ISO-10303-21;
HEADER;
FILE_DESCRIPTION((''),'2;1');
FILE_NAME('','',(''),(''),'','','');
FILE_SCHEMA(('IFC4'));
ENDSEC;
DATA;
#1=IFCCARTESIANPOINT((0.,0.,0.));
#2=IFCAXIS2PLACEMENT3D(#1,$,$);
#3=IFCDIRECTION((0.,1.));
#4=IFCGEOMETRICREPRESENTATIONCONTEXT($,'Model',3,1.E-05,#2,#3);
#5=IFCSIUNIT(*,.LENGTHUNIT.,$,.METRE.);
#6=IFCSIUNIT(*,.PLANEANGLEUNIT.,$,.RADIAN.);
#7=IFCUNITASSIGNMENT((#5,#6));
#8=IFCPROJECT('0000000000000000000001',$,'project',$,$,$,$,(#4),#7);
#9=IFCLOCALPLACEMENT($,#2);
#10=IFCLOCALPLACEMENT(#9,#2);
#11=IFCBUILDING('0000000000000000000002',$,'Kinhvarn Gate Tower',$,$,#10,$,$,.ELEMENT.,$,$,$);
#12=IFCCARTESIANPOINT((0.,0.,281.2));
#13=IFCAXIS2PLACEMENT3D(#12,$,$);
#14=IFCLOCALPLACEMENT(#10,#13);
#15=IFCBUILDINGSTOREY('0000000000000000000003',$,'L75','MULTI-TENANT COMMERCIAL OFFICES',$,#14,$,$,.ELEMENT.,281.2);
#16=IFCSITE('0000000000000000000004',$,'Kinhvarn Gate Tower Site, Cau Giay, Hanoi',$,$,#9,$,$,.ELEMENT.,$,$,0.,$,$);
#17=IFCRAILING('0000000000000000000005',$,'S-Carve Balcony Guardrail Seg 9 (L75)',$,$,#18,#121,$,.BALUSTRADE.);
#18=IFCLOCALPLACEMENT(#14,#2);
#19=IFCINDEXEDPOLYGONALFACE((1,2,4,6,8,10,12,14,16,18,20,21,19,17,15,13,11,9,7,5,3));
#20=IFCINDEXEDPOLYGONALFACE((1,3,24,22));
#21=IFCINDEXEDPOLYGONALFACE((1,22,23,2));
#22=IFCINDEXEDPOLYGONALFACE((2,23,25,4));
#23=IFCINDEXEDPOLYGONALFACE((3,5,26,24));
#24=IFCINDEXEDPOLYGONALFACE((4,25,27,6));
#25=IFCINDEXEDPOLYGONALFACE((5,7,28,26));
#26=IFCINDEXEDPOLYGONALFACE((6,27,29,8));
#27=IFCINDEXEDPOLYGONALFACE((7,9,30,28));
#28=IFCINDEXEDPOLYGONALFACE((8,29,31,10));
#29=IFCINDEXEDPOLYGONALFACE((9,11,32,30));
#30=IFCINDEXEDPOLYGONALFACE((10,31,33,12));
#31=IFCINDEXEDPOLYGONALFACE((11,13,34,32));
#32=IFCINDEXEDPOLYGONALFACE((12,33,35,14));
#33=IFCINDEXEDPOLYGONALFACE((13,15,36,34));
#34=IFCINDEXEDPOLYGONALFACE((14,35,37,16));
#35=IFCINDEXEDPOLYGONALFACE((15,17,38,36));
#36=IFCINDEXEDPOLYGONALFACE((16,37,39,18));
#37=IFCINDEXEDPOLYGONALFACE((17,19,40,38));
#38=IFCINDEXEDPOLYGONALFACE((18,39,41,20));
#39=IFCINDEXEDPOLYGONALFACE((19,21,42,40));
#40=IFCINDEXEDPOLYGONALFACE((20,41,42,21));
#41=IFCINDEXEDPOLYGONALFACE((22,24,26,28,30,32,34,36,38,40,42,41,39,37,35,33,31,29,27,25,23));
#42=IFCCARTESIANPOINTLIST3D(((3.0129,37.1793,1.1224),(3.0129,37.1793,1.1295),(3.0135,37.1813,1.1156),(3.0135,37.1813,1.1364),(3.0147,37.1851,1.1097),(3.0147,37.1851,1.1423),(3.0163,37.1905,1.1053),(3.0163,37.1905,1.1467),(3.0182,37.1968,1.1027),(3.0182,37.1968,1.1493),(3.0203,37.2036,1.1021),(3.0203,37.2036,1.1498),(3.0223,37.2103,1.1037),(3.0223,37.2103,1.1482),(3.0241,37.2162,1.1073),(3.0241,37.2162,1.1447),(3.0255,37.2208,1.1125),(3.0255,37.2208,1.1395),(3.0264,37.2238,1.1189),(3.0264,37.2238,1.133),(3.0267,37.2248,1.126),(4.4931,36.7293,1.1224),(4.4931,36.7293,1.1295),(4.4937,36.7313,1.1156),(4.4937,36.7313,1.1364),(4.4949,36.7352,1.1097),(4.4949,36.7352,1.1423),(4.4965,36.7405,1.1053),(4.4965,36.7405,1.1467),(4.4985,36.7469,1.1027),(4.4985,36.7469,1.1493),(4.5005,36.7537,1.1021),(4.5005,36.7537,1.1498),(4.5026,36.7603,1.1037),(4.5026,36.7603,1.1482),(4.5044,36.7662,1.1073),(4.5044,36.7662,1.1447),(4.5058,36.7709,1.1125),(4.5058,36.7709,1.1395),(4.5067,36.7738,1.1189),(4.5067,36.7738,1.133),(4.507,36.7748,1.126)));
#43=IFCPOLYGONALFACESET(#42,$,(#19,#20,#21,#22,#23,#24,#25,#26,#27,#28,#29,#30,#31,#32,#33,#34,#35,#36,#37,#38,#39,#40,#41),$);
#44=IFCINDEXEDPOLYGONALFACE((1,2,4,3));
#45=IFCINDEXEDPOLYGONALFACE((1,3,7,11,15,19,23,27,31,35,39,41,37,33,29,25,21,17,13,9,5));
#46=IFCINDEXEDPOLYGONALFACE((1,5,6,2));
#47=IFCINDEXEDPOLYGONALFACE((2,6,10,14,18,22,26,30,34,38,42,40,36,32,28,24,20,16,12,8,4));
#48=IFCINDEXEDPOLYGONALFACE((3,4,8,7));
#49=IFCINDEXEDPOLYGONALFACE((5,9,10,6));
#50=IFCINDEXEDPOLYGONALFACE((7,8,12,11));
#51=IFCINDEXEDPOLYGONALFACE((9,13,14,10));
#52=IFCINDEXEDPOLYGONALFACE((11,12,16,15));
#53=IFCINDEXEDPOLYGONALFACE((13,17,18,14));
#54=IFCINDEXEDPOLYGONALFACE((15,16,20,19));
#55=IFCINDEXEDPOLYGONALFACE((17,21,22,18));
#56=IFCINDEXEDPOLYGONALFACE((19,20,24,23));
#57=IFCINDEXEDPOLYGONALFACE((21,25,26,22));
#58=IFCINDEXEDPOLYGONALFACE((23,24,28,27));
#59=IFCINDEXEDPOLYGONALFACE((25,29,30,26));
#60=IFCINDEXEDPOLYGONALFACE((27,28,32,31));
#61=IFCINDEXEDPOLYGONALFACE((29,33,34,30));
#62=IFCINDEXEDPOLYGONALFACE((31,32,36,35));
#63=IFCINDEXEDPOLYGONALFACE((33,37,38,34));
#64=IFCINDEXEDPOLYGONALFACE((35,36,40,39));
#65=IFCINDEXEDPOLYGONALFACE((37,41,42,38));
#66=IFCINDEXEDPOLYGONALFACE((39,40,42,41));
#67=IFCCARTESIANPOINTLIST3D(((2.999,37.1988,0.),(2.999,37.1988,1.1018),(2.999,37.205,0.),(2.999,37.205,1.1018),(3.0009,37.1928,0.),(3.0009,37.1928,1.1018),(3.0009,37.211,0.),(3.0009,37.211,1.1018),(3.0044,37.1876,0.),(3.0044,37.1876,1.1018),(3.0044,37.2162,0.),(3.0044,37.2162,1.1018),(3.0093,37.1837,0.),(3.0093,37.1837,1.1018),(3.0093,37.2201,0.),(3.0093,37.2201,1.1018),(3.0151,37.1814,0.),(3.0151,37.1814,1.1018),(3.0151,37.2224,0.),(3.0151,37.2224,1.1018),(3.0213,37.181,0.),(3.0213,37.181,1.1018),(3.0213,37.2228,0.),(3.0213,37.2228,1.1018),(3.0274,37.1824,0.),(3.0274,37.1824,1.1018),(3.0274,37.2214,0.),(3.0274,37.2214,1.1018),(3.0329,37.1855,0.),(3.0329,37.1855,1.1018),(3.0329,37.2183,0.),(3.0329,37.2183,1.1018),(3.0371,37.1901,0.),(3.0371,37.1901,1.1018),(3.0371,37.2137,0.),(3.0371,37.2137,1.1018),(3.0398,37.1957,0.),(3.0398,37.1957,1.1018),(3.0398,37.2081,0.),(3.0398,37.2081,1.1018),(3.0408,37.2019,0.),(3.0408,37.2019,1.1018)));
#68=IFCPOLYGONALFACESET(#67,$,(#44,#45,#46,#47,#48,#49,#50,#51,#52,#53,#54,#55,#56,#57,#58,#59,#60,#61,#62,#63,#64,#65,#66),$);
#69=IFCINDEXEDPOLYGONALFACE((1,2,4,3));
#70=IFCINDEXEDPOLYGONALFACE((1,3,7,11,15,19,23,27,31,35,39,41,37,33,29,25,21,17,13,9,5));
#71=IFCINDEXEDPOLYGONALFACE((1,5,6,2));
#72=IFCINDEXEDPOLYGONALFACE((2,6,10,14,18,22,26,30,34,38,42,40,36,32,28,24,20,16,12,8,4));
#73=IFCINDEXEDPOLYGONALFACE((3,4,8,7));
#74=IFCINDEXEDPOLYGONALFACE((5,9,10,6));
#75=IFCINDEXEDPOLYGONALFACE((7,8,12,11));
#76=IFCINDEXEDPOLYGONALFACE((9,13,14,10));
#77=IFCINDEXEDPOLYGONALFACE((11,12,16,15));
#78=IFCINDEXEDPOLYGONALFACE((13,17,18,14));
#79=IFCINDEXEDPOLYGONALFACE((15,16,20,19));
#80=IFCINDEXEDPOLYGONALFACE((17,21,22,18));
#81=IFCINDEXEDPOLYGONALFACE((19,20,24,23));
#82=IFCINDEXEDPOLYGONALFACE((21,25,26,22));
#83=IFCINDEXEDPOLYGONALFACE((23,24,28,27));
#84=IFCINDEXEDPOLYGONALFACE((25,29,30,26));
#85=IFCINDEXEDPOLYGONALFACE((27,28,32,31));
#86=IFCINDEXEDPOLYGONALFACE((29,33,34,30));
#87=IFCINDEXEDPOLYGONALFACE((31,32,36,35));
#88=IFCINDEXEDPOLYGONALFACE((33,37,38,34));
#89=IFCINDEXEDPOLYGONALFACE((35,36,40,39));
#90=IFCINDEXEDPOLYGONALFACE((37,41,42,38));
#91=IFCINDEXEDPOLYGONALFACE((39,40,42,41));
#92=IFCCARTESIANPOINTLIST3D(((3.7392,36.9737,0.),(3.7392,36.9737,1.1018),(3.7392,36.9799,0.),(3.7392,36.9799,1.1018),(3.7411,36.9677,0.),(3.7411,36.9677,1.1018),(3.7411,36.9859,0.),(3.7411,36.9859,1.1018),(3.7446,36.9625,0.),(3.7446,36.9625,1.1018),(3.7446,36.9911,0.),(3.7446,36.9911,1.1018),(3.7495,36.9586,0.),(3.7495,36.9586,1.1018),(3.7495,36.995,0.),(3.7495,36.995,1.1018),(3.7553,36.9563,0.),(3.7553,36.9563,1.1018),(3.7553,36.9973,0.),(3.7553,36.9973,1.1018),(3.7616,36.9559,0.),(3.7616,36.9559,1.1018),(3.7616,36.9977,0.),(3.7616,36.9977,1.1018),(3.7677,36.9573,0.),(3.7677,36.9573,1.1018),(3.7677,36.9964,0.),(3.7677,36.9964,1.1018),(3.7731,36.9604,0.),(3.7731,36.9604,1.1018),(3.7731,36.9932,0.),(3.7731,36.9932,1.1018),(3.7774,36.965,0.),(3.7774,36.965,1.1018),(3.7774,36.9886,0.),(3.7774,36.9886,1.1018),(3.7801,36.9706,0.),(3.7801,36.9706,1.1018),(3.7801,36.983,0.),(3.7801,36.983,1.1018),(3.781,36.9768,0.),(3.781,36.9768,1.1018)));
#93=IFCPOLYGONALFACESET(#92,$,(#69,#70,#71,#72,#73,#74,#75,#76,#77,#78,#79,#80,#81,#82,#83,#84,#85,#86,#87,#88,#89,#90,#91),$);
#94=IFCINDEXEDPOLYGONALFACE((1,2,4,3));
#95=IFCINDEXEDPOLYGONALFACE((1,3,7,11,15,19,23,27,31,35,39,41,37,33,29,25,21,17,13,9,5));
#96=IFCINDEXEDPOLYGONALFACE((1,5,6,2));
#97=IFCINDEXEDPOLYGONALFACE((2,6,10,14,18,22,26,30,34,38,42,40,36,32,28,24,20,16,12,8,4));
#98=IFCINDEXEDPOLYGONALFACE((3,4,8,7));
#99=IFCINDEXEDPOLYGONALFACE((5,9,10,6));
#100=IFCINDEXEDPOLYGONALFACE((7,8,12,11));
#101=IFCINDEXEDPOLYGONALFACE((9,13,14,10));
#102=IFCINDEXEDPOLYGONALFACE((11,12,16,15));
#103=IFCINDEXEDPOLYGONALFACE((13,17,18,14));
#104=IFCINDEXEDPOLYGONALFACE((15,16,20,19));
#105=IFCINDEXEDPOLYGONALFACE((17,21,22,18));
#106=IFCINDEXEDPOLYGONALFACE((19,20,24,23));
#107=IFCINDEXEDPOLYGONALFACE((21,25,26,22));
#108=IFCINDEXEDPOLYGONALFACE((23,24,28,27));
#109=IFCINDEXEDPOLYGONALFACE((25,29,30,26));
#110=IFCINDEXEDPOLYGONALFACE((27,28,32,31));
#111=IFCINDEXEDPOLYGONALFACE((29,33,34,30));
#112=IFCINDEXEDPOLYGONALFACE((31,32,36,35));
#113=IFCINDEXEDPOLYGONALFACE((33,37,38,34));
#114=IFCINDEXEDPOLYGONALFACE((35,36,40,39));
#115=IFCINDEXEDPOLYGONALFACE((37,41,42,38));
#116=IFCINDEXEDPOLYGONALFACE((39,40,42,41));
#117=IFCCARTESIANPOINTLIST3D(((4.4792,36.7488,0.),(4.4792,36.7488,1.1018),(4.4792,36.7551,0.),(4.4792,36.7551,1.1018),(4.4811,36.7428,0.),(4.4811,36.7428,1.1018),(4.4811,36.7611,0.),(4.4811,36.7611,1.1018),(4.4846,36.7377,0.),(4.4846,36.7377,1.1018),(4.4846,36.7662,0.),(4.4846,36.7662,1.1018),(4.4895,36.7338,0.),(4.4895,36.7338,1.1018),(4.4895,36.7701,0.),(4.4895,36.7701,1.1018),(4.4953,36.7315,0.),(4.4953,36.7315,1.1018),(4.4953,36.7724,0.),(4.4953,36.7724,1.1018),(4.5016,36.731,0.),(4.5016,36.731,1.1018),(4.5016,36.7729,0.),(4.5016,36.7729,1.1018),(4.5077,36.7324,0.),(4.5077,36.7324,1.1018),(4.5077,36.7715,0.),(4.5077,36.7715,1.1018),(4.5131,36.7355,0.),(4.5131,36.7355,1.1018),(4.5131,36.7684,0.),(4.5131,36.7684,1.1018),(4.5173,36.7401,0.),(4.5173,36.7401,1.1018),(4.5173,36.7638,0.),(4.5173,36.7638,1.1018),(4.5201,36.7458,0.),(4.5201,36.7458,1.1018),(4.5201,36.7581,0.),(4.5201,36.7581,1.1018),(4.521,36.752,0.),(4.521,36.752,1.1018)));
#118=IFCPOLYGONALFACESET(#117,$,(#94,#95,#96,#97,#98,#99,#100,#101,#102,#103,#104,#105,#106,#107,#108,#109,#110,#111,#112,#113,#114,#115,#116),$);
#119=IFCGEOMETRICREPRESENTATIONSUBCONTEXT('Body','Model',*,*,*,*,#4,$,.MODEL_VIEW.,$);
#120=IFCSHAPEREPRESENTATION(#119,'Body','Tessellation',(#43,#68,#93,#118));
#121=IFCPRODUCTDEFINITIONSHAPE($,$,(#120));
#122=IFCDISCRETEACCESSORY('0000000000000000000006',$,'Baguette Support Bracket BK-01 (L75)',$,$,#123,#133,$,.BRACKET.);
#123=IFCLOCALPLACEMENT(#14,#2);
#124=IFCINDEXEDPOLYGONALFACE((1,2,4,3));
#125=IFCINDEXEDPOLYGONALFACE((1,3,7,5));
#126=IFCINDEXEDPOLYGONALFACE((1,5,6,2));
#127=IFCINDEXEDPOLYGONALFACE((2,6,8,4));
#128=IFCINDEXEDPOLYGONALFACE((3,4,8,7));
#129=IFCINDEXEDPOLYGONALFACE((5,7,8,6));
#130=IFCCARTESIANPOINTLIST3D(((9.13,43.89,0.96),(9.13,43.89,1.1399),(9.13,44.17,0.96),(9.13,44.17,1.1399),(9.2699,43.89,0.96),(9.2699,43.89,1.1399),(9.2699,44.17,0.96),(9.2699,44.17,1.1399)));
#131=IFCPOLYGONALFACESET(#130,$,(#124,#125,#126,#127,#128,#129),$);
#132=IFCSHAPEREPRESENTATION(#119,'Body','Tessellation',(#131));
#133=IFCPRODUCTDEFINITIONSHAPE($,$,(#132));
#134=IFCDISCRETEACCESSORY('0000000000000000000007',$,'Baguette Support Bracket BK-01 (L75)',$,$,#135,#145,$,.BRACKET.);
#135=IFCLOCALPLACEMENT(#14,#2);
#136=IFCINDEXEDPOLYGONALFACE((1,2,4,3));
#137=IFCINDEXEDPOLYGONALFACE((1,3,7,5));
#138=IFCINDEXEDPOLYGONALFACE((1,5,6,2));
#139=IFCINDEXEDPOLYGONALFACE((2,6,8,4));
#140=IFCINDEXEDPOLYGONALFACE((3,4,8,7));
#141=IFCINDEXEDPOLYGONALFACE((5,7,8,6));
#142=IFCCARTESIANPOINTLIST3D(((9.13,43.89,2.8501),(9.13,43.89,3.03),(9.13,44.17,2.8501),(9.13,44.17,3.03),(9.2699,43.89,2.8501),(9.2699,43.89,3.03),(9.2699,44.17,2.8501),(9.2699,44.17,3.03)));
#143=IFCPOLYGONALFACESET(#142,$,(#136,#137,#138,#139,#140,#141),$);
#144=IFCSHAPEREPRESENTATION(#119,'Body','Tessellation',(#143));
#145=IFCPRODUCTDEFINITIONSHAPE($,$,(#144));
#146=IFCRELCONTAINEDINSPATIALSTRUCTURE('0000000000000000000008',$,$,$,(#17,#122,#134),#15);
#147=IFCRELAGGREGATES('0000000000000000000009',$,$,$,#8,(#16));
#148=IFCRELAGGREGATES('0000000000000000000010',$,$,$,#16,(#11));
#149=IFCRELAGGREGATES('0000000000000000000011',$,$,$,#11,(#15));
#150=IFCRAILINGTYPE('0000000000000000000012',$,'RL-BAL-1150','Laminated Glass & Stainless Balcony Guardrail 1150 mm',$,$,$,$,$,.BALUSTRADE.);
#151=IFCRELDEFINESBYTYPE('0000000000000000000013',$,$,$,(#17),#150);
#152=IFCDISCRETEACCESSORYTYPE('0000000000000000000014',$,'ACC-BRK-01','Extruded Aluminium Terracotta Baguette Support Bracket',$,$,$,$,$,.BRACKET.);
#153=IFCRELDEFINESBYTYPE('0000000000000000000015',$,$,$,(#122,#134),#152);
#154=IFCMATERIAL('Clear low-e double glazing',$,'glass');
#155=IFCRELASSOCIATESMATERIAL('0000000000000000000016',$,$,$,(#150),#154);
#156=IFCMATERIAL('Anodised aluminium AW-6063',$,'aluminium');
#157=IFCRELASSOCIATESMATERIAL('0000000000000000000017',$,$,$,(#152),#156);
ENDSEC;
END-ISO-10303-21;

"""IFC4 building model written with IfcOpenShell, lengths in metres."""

from ifc_helpers import new_model, si_unit, direction, frame, origin, origin_2d, place, context, subcontext, project, spatial, rectangle, circle, extrude, material, type_object, element, save


model = new_model("IFC4")

# Units and contexts
model_context = context("Model", 3, precision=1e-05, world=origin(), true_north=direction((0.0, 1.0)))
body_context = subcontext(model_context, "Body", "Model", "MODEL_VIEW")
ifc_project = project(units=[si_unit("LENGTHUNIT", "METRE"), si_unit("PLANEANGLEUNIT", "RADIAN")], contexts=[model_context])

# Site, building, storey
site_placement = place(None, origin())
site = spatial("IfcSite", under=ifc_project, at=site_placement, Name="Kinhvarn Gate Tower Site, Cau Giay, Hanoi", CompositionType="ELEMENT", RefElevation=0.0)
building_placement = place(site_placement, origin())
building = spatial("IfcBuilding", under=site, at=building_placement, Name="Kinhvarn Gate Tower", CompositionType="ELEMENT")
storey_placement = place(building_placement, frame((0.0, 0.0, 281.2)))
storey = spatial("IfcBuildingStorey", under=building, at=storey_placement, Name="L75", Description="MULTI-TENANT COMMERCIAL OFFICES", CompositionType="ELEMENT", Elevation=281.2)

# Shared definitions
ifc_material_1 = material(Name="Anodised aluminium AW-6063", Category="aluminium")

# Shared definitions
ifc_material_2 = material(Name="Clear low-e double glazing", Category="glass")

# Railing
railing_type = type_object("IfcRailingType", Name="RL-BAL-1150", Description="Laminated Glass & Stainless Balcony Guardrail 1150 mm", PredefinedType="BALUSTRADE", material=ifc_material_2)
railing_1_placement = place(storey_placement, frame((3.0198, 37.2019, 0.0)))
element("IfcRailing", 1, at=railing_1_placement, inside=storey, type_object=railing_type, Name="S-Carve Balcony Guardrail Seg 9 (L75)", PredefinedType="BALUSTRADE", context=body_context, shape_type="SweptSolid", body=[
    extrude(circle(Radius=0.0239, at=origin_2d()), frame((0.0, 0.0, 1.126), z_axis=(0.956773, -0.290835, 0.0), x_axis=(0.290835, 0.956773, 0.0)), (0.0, 0.0, 1.0), 1.5471),
    extrude(circle(Radius=0.021, at=origin_2d()), origin(), (0.0, 0.0, 1.0), 1.1018),
    extrude(circle(Radius=0.021, at=origin_2d()), frame((0.7402, -0.2251, 0.0)), (0.0, 0.0, 1.0), 1.1018),
    extrude(circle(Radius=0.021, at=origin_2d()), frame((1.4802, -0.45, 0.0)), (0.0, 0.0, 1.0), 1.1018),
])

# Discrete accessories
discrete_accessory_type = type_object("IfcDiscreteAccessoryType", Name="ACC-BRK-01", Description="Extruded Aluminium Terracotta Baguette Support Bracket", PredefinedType="BRACKET", material=ifc_material_1)
for number, where, z_axis, x_axis, name in (
    (2, (9.2, 44.03, 0.96), (0.0, 0.0, 1.0), (-1.0, 0.0, 0.0), "Baguette Support Bracket BK-01 (L75)"),
    (3, (9.2, 44.03, 2.8501), (0.0, 0.0, 1.0), (-1.0, 0.0, 0.0), "Baguette Support Bracket BK-01 (L75)"),
):
    element("IfcDiscreteAccessory", number, at=place(storey_placement, frame(where, z_axis=z_axis, x_axis=x_axis)), inside=storey, type_object=discrete_accessory_type, Name=name, PredefinedType="BRACKET", context=body_context, shape_type="SweptSolid", body=[
        extrude(rectangle(XDim=0.1399, YDim=0.28, at=origin_2d()), origin(), (0.0, 0.0, 1.0), 0.1799),
    ])

save(model, "model.ifc")
